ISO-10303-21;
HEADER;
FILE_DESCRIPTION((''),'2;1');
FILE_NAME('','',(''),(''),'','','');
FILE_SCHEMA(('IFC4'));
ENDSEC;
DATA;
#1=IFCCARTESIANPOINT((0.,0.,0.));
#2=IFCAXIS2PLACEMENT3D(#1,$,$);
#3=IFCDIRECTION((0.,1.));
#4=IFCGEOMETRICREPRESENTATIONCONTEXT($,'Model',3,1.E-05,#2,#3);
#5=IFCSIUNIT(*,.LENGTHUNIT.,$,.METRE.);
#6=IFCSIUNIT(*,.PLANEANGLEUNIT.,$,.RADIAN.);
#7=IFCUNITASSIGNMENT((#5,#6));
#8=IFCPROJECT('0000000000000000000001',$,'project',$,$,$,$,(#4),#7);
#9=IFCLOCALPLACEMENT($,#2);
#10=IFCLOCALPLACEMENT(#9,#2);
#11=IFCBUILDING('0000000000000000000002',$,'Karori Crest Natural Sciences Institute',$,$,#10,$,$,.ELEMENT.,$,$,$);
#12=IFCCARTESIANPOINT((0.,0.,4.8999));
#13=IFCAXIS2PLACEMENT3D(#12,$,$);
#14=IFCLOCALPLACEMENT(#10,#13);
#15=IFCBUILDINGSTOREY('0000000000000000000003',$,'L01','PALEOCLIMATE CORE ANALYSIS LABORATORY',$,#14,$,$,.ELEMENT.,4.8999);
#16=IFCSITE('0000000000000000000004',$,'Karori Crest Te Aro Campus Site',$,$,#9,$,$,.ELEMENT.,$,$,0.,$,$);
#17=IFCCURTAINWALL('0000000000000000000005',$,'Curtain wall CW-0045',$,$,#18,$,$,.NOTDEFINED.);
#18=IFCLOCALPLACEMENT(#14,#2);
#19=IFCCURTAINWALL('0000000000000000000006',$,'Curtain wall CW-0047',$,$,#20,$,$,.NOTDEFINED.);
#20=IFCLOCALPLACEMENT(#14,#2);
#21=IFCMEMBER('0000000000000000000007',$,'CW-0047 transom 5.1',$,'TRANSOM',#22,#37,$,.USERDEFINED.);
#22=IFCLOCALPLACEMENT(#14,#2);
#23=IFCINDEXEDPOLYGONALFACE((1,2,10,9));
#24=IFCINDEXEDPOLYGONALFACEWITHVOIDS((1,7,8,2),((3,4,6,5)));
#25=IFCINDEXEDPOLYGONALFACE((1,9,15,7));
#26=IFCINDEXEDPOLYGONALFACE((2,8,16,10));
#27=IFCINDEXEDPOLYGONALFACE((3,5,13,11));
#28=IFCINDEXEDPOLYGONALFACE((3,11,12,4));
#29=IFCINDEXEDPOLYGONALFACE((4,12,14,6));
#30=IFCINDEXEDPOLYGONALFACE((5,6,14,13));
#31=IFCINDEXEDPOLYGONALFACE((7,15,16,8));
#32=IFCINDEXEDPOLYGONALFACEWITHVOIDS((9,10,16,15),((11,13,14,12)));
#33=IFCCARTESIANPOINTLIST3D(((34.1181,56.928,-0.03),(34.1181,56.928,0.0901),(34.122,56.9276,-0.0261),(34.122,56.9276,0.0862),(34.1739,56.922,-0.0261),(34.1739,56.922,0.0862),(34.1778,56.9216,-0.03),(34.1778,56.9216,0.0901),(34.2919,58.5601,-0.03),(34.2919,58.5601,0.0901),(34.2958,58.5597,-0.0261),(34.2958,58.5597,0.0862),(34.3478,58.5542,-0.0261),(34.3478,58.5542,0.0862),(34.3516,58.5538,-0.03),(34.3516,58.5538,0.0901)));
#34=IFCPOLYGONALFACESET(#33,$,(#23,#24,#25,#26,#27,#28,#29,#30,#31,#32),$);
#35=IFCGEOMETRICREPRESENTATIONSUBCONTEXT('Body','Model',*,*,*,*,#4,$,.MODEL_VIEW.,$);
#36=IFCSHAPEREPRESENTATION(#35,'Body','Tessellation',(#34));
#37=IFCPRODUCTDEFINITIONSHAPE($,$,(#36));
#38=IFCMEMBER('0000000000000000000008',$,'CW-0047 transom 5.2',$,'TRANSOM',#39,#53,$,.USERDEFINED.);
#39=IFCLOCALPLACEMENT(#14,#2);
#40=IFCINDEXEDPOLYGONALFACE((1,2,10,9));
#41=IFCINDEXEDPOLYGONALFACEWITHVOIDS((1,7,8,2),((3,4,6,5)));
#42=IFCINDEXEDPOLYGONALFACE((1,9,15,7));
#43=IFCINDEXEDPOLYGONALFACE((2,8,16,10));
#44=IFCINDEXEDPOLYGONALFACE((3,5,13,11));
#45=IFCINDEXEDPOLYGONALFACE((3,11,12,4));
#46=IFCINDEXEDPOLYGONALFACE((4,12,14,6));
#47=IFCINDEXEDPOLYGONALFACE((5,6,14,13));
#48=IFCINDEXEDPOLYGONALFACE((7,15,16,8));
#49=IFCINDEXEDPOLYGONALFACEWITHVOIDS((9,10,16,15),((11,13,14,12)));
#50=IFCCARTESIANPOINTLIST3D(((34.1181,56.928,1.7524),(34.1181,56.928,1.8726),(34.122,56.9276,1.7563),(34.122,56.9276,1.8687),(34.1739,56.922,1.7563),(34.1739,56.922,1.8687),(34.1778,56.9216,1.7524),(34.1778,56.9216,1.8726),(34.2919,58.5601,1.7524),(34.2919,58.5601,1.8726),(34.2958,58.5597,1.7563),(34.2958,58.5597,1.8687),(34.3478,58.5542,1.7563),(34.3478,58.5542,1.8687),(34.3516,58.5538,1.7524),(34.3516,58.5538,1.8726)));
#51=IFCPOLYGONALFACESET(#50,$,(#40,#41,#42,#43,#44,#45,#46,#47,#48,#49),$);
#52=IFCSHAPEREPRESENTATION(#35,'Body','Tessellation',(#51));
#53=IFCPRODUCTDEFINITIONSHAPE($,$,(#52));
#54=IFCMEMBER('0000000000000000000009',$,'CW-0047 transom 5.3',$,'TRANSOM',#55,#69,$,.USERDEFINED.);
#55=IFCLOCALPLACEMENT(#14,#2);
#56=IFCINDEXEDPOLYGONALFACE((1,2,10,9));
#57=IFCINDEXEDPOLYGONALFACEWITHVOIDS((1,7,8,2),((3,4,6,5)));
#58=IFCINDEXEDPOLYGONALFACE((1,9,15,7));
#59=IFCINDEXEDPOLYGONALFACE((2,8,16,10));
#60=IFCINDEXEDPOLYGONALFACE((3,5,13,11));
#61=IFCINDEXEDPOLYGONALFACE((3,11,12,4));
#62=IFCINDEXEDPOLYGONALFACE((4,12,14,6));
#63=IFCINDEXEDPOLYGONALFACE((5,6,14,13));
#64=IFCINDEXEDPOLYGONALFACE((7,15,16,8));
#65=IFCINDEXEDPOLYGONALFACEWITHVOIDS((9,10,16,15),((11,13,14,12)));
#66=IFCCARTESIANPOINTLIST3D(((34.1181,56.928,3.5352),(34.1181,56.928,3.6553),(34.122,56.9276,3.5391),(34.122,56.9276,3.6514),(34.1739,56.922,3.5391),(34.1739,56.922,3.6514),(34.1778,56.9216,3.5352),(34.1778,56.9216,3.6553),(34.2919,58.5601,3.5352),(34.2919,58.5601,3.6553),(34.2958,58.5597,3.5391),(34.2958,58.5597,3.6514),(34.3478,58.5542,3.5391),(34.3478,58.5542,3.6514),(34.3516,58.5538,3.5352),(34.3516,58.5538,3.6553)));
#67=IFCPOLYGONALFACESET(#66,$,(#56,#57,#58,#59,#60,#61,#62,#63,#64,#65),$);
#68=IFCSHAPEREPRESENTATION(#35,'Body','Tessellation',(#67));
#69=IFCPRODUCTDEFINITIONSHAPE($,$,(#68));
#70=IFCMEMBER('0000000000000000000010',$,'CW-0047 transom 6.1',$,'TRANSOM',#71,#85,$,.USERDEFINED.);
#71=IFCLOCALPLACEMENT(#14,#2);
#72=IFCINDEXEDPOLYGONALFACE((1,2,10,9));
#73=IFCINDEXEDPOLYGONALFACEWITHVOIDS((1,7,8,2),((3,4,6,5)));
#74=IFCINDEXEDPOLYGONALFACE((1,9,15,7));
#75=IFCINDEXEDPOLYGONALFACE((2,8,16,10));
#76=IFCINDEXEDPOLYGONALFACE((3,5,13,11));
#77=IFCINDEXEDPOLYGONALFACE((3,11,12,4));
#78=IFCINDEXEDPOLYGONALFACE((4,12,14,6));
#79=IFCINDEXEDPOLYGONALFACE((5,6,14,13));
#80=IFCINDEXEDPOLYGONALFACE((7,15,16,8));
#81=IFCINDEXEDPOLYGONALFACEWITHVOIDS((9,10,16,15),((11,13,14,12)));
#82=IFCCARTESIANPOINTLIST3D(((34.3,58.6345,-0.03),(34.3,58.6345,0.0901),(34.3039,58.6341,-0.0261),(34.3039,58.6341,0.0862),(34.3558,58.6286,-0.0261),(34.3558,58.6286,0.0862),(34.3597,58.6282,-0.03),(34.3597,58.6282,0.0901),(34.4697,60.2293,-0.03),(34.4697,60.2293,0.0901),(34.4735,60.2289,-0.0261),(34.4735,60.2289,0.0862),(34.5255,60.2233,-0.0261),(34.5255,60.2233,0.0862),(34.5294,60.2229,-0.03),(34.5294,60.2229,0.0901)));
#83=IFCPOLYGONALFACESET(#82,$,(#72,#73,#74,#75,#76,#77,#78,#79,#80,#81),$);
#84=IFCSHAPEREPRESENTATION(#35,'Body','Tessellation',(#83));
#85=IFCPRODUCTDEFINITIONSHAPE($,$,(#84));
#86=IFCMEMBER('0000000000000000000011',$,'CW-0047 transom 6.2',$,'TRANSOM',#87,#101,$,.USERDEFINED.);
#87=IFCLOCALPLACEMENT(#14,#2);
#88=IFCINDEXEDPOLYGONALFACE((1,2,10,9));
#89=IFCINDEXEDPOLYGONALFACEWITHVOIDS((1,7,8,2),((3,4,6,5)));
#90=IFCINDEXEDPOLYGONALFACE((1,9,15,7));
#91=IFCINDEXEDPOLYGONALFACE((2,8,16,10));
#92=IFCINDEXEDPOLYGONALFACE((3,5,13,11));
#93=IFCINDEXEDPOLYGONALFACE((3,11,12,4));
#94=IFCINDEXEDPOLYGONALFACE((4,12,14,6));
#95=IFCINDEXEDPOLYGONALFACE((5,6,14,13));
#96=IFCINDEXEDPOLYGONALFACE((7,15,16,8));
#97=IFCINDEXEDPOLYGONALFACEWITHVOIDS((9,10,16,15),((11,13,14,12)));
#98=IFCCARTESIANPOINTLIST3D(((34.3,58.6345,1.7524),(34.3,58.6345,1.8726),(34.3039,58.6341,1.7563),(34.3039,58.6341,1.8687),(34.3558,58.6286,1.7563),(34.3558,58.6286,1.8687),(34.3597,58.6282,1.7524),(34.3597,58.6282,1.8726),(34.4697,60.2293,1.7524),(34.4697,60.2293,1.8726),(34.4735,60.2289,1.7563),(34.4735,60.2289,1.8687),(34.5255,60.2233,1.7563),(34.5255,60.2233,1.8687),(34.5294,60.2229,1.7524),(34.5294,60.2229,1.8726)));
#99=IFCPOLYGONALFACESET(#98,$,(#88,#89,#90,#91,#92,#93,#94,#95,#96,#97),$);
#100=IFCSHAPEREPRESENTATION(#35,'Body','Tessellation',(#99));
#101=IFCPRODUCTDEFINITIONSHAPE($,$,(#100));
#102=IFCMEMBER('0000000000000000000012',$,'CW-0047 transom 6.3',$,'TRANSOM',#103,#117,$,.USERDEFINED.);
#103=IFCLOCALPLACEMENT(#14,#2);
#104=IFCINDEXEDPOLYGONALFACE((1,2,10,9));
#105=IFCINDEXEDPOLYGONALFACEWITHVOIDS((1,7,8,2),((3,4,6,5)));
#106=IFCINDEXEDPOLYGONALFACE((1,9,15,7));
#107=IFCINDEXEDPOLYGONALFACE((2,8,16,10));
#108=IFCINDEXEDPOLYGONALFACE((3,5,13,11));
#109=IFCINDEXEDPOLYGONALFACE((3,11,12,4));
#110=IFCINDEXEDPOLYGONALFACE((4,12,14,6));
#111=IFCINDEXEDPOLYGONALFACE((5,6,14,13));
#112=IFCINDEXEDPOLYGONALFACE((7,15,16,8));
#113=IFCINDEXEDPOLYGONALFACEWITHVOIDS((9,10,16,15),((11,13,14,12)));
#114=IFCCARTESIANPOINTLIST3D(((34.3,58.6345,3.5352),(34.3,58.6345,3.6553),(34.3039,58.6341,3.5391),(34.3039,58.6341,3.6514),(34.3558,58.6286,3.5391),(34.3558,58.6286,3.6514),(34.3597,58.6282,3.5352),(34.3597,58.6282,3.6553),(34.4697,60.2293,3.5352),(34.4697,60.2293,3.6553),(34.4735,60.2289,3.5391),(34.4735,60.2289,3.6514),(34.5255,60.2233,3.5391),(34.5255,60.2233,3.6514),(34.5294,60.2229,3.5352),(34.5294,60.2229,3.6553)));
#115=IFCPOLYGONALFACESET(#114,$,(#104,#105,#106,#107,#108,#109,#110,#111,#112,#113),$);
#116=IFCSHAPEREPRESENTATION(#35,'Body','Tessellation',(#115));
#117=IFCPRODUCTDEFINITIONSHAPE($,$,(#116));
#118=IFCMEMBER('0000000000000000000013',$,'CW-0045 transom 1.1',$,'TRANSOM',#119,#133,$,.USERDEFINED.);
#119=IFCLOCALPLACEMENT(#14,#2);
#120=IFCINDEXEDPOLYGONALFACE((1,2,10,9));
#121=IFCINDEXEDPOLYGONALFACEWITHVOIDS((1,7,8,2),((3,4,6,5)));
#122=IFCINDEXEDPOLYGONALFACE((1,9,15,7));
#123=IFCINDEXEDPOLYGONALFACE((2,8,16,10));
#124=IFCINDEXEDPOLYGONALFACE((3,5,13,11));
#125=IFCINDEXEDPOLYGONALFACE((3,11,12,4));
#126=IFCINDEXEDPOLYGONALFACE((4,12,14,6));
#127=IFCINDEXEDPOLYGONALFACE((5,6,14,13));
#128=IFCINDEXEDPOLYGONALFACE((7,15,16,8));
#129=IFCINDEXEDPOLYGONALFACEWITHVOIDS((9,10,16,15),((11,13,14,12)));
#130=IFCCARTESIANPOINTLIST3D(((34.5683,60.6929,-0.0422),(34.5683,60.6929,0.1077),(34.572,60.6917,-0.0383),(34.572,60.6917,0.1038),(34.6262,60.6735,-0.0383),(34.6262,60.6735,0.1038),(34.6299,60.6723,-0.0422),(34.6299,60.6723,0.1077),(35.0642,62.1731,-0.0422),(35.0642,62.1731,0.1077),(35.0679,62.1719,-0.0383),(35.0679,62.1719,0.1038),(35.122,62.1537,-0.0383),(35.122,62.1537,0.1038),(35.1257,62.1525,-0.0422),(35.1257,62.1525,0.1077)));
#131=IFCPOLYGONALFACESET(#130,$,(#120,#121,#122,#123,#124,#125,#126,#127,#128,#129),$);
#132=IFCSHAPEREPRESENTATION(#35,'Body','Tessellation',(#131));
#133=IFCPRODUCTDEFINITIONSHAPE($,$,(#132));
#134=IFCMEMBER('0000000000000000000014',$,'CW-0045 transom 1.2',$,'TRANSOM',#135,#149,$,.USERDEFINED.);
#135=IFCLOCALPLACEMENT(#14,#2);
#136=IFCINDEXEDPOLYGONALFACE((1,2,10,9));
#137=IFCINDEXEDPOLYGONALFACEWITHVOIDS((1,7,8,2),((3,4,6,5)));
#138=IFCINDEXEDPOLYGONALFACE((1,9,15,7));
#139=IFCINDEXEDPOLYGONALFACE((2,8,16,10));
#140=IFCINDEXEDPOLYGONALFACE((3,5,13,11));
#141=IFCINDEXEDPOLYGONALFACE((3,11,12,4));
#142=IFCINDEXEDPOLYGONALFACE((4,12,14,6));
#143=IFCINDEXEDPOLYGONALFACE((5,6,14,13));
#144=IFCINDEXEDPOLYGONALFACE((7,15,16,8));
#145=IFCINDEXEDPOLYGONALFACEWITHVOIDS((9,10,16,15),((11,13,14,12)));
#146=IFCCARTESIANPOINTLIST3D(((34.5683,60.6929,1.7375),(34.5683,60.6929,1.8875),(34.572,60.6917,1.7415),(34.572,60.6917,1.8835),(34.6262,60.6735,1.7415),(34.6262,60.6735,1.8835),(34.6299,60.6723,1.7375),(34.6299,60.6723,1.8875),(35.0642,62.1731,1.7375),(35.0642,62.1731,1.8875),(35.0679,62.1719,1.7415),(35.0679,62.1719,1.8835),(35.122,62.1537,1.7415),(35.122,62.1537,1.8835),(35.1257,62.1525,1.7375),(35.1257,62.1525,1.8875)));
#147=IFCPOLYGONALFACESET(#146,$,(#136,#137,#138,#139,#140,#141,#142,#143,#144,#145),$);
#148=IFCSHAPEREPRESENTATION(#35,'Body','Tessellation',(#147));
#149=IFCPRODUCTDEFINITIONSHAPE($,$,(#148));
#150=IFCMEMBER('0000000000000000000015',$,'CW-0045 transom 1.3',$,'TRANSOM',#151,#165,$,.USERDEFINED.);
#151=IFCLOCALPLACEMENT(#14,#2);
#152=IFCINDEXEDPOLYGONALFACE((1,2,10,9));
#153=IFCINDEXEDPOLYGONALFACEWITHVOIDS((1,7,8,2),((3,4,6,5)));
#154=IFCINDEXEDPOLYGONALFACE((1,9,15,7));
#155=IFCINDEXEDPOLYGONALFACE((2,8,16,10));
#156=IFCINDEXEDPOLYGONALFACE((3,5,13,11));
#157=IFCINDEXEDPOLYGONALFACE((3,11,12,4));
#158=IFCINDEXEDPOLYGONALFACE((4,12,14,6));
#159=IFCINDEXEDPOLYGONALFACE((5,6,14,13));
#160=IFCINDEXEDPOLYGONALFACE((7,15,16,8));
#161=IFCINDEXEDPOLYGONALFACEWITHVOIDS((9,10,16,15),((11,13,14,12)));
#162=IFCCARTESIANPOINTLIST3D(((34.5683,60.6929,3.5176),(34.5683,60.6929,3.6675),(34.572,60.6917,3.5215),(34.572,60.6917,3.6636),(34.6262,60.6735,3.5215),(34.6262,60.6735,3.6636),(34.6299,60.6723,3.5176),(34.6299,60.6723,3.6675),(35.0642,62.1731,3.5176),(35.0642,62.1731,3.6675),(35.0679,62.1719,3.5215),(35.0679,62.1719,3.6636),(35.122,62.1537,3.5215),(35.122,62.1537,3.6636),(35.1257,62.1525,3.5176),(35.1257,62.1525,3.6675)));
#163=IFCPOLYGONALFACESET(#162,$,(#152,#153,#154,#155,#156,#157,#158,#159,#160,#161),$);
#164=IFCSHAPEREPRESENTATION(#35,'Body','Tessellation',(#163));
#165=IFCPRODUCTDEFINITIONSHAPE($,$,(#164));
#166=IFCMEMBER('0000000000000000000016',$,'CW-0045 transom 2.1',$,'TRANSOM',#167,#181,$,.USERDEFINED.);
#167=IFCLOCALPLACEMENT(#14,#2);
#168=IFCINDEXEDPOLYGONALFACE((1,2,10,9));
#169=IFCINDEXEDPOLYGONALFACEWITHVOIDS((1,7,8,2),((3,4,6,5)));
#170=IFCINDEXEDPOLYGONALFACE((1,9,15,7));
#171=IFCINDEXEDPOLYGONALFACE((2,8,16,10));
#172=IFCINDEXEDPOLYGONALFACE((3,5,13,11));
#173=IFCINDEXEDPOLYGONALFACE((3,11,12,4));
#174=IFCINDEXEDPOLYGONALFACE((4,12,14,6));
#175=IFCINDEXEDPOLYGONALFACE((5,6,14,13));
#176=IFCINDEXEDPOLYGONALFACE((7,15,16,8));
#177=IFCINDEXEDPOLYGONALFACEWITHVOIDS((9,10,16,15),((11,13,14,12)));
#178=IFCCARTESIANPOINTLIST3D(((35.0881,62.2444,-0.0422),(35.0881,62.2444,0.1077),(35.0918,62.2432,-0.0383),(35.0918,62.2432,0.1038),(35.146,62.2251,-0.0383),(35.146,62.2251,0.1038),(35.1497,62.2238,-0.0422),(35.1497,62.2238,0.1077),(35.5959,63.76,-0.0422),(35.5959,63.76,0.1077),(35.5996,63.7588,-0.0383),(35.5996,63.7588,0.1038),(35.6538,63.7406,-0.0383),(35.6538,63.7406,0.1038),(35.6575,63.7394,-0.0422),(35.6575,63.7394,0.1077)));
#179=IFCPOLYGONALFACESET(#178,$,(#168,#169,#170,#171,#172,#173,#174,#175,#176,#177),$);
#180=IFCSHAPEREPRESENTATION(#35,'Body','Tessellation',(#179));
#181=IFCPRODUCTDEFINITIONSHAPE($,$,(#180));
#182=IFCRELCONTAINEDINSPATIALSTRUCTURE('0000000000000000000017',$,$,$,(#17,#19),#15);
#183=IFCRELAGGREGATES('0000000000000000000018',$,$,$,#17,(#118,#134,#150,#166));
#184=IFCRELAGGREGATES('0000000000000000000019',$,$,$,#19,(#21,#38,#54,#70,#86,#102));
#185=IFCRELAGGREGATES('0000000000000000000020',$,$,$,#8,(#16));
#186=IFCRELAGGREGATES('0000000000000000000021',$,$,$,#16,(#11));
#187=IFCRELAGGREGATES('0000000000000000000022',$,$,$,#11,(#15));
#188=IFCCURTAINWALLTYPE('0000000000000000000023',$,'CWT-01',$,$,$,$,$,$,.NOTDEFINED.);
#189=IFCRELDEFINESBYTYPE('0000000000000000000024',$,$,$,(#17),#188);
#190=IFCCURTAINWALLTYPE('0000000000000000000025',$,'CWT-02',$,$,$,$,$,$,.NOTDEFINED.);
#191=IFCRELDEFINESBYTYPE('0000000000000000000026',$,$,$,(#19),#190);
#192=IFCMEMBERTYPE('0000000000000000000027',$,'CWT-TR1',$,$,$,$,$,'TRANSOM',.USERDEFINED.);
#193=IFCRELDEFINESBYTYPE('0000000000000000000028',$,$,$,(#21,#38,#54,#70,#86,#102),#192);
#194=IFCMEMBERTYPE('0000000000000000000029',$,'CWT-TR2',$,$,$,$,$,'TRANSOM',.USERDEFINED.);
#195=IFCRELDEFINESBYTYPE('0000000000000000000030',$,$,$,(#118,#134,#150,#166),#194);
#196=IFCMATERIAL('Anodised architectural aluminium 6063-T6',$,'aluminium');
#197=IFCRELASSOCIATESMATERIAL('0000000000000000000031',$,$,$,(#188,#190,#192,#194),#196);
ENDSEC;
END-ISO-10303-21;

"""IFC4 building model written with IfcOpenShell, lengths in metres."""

from ifc_helpers import new_model, si_unit, direction, frame, origin, origin_2d, place, context, subcontext, project, spatial, hollow_rectangle, extrude, material, material_profile, profile_set, type_object, element, aggregate, save


model = new_model("IFC4")

# Units and contexts
model_context = context("Model", 3, precision=1e-05, world=origin(), true_north=direction((0.0, 1.0)))
body_context = subcontext(model_context, "Body", "Model", "MODEL_VIEW")
ifc_project = project(units=[si_unit("LENGTHUNIT", "METRE"), si_unit("PLANEANGLEUNIT", "RADIAN")], contexts=[model_context])

# Site, building, storey
site_placement = place(None, origin())
site = spatial("IfcSite", under=ifc_project, at=site_placement, Name="Karori Crest Te Aro Campus Site", CompositionType="ELEMENT", RefElevation=0.0)
building_placement = place(site_placement, origin())
building = spatial("IfcBuilding", under=site, at=building_placement, Name="Karori Crest Natural Sciences Institute", CompositionType="ELEMENT")
storey_placement = place(building_placement, frame((0.0, 0.0, 4.8999)))
storey = spatial("IfcBuildingStorey", under=building, at=storey_placement, Name="L01", Description="PALEOCLIMATE CORE ANALYSIS LABORATORY", CompositionType="ELEMENT", Elevation=4.8999)

# Curtain walls, members
ifc_material_1 = material(Name="Anodised architectural aluminium 6063-T6", Category="aluminium")
curtain_wall_type_1 = type_object("IfcCurtainWallType", Name="CWT-01", PredefinedType="NOTDEFINED", material=ifc_material_1)
curtain_wall_1_placement = place(storey_placement, origin())
curtain_wall_1 = element("IfcCurtainWall", 1, at=curtain_wall_1_placement, inside=storey, type_object=curtain_wall_type_1, Name="Curtain wall CW-0045", PredefinedType="NOTDEFINED")
curtain_wall_type_2 = type_object("IfcCurtainWallType", Name="CWT-02", PredefinedType="NOTDEFINED", material=ifc_material_1)
curtain_wall_2_placement = place(storey_placement, origin())
curtain_wall_2 = element("IfcCurtainWall", 2, at=curtain_wall_2_placement, inside=storey, type_object=curtain_wall_type_2, Name="Curtain wall CW-0047", PredefinedType="NOTDEFINED")
ifc_material_profile_1 = material_profile(ifc_material_1, hollow_rectangle(XDim=0.0601, YDim=0.1201, WallThickness=0.0039, at=origin_2d()), Name="CWT120x60x4")
ifc_profile_set_1 = profile_set([ifc_material_profile_1], Name="Anodised architectural aluminium 6063-T6")
member_type_1 = type_object("IfcMemberType", Name="CWT-TR1", ElementType="TRANSOM", PredefinedType="USERDEFINED", material=ifc_profile_set_1)
member_1_placement = place(storey_placement, frame((34.1479, 56.9248, 0.03), z_axis=(0.105908, 0.994376, 0.0), x_axis=(-0.994376, 0.105908, 0.0)))
member_1 = element("IfcMember", 3, at=member_1_placement, type_object=member_type_1, Name="CW-0047 transom 5.1", ObjectType="TRANSOM", PredefinedType="USERDEFINED", context=body_context, shape_type="SweptSolid", body=[
    extrude(hollow_rectangle(XDim=0.0601, YDim=0.1201, WallThickness=0.0039, at=origin_2d()), origin(), (0.0, 0.0, 1.0), 1.6414),
])
member_2_placement = place(storey_placement, frame((34.1479, 56.9248, 1.8125), z_axis=(0.105908, 0.994376, 0.0), x_axis=(-0.994376, 0.105908, 0.0)))
member_2 = element("IfcMember", 4, at=member_2_placement, type_object=member_type_1, Name="CW-0047 transom 5.2", ObjectType="TRANSOM", PredefinedType="USERDEFINED", context=body_context, shape_type="SweptSolid", body=[
    extrude(hollow_rectangle(XDim=0.0601, YDim=0.1201, WallThickness=0.0039, at=origin_2d()), origin(), (0.0, 0.0, 1.0), 1.6414),
])
member_3_placement = place(storey_placement, frame((34.1479, 56.9248, 3.5952), z_axis=(0.105908, 0.994376, 0.0), x_axis=(-0.994376, 0.105908, 0.0)))
member_3 = element("IfcMember", 5, at=member_3_placement, type_object=member_type_1, Name="CW-0047 transom 5.3", ObjectType="TRANSOM", PredefinedType="USERDEFINED", context=body_context, shape_type="SweptSolid", body=[
    extrude(hollow_rectangle(XDim=0.0601, YDim=0.1201, WallThickness=0.0039, at=origin_2d()), origin(), (0.0, 0.0, 1.0), 1.6414),
])
member_4_placement = place(storey_placement, frame((34.3298, 58.6313, 0.03), z_axis=(0.105802, 0.994387, 0.0), x_axis=(-0.994387, 0.105802, 0.0)))
member_4 = element("IfcMember", 6, at=member_4_placement, type_object=member_type_1, Name="CW-0047 transom 6.1", ObjectType="TRANSOM", PredefinedType="USERDEFINED", context=body_context, shape_type="SweptSolid", body=[
    extrude(hollow_rectangle(XDim=0.0601, YDim=0.1201, WallThickness=0.0039, at=origin_2d()), origin(), (0.0, 0.0, 1.0), 1.6038),
])
member_5_placement = place(storey_placement, frame((34.3298, 58.6313, 1.8125), z_axis=(0.105802, 0.994387, 0.0), x_axis=(-0.994387, 0.105802, 0.0)))
member_5 = element("IfcMember", 7, at=member_5_placement, type_object=member_type_1, Name="CW-0047 transom 6.2", ObjectType="TRANSOM", PredefinedType="USERDEFINED", context=body_context, shape_type="SweptSolid", body=[
    extrude(hollow_rectangle(XDim=0.0601, YDim=0.1201, WallThickness=0.0039, at=origin_2d()), origin(), (0.0, 0.0, 1.0), 1.6038),
])
member_6_placement = place(storey_placement, frame((34.3298, 58.6313, 3.5952), z_axis=(0.105802, 0.994387, 0.0), x_axis=(-0.994387, 0.105802, 0.0)))
member_6 = element("IfcMember", 8, at=member_6_placement, type_object=member_type_1, Name="CW-0047 transom 6.3", ObjectType="TRANSOM", PredefinedType="USERDEFINED", context=body_context, shape_type="SweptSolid", body=[
    extrude(hollow_rectangle(XDim=0.0601, YDim=0.1201, WallThickness=0.0039, at=origin_2d()), origin(), (0.0, 0.0, 1.0), 1.6038),
])

# Members
ifc_material_profile_2 = material_profile(ifc_material_1, hollow_rectangle(XDim=0.0649, YDim=0.1499, WallThickness=0.0039, at=origin_2d()), Name="CWT150x65x4")
ifc_profile_set_2 = profile_set([ifc_material_profile_2], Name="Anodised architectural aluminium 6063-T6")
member_type_2 = type_object("IfcMemberType", Name="CWT-TR2", ElementType="TRANSOM", PredefinedType="USERDEFINED", material=ifc_profile_set_2)
member_7_placement = place(storey_placement, frame((34.5991, 60.6826, 0.0327), z_axis=(0.317635, 0.948213, 0.0), x_axis=(-0.948213, 0.317635, 0.0)))
member_7 = element("IfcMember", 9, at=member_7_placement, type_object=member_type_2, Name="CW-0045 transom 1.1", ObjectType="TRANSOM", PredefinedType="USERDEFINED", context=body_context, shape_type="SweptSolid", body=[
    extrude(hollow_rectangle(XDim=0.0649, YDim=0.1499, WallThickness=0.0039, at=origin_2d()), origin(), (0.0, 0.0, 1.0), 1.561),
])
member_8_placement = place(storey_placement, frame((34.5991, 60.6826, 1.8125), z_axis=(0.317635, 0.948213, 0.0), x_axis=(-0.948213, 0.317635, 0.0)))
member_8 = element("IfcMember", 10, at=member_8_placement, type_object=member_type_2, Name="CW-0045 transom 1.2", ObjectType="TRANSOM", PredefinedType="USERDEFINED", context=body_context, shape_type="SweptSolid", body=[
    extrude(hollow_rectangle(XDim=0.0649, YDim=0.1499, WallThickness=0.0039, at=origin_2d()), origin(), (0.0, 0.0, 1.0), 1.561),
])
member_9_placement = place(storey_placement, frame((34.5991, 60.6826, 3.5925), z_axis=(0.317635, 0.948213, 0.0), x_axis=(-0.948213, 0.317635, 0.0)))
member_9 = element("IfcMember", 11, at=member_9_placement, type_object=member_type_2, Name="CW-0045 transom 1.3", ObjectType="TRANSOM", PredefinedType="USERDEFINED", context=body_context, shape_type="SweptSolid", body=[
    extrude(hollow_rectangle(XDim=0.0649, YDim=0.1499, WallThickness=0.0039, at=origin_2d()), origin(), (0.0, 0.0, 1.0), 1.561),
])
member_10_placement = place(storey_placement, frame((35.1189, 62.2341, 0.0327), z_axis=(0.317694, 0.948193, 0.0), x_axis=(-0.948193, 0.317694, 0.0)))
member_10 = element("IfcMember", 12, at=member_10_placement, type_object=member_type_2, Name="CW-0045 transom 2.1", ObjectType="TRANSOM", PredefinedType="USERDEFINED", context=body_context, shape_type="SweptSolid", body=[
    extrude(hollow_rectangle(XDim=0.0649, YDim=0.1499, WallThickness=0.0039, at=origin_2d()), origin(), (0.0, 0.0, 1.0), 1.5984),
])

aggregate(curtain_wall_1, [member_7, member_8, member_9, member_10])
aggregate(curtain_wall_2, [member_1, member_2, member_3, member_4, member_5, member_6])

save(model, "model.ifc")
